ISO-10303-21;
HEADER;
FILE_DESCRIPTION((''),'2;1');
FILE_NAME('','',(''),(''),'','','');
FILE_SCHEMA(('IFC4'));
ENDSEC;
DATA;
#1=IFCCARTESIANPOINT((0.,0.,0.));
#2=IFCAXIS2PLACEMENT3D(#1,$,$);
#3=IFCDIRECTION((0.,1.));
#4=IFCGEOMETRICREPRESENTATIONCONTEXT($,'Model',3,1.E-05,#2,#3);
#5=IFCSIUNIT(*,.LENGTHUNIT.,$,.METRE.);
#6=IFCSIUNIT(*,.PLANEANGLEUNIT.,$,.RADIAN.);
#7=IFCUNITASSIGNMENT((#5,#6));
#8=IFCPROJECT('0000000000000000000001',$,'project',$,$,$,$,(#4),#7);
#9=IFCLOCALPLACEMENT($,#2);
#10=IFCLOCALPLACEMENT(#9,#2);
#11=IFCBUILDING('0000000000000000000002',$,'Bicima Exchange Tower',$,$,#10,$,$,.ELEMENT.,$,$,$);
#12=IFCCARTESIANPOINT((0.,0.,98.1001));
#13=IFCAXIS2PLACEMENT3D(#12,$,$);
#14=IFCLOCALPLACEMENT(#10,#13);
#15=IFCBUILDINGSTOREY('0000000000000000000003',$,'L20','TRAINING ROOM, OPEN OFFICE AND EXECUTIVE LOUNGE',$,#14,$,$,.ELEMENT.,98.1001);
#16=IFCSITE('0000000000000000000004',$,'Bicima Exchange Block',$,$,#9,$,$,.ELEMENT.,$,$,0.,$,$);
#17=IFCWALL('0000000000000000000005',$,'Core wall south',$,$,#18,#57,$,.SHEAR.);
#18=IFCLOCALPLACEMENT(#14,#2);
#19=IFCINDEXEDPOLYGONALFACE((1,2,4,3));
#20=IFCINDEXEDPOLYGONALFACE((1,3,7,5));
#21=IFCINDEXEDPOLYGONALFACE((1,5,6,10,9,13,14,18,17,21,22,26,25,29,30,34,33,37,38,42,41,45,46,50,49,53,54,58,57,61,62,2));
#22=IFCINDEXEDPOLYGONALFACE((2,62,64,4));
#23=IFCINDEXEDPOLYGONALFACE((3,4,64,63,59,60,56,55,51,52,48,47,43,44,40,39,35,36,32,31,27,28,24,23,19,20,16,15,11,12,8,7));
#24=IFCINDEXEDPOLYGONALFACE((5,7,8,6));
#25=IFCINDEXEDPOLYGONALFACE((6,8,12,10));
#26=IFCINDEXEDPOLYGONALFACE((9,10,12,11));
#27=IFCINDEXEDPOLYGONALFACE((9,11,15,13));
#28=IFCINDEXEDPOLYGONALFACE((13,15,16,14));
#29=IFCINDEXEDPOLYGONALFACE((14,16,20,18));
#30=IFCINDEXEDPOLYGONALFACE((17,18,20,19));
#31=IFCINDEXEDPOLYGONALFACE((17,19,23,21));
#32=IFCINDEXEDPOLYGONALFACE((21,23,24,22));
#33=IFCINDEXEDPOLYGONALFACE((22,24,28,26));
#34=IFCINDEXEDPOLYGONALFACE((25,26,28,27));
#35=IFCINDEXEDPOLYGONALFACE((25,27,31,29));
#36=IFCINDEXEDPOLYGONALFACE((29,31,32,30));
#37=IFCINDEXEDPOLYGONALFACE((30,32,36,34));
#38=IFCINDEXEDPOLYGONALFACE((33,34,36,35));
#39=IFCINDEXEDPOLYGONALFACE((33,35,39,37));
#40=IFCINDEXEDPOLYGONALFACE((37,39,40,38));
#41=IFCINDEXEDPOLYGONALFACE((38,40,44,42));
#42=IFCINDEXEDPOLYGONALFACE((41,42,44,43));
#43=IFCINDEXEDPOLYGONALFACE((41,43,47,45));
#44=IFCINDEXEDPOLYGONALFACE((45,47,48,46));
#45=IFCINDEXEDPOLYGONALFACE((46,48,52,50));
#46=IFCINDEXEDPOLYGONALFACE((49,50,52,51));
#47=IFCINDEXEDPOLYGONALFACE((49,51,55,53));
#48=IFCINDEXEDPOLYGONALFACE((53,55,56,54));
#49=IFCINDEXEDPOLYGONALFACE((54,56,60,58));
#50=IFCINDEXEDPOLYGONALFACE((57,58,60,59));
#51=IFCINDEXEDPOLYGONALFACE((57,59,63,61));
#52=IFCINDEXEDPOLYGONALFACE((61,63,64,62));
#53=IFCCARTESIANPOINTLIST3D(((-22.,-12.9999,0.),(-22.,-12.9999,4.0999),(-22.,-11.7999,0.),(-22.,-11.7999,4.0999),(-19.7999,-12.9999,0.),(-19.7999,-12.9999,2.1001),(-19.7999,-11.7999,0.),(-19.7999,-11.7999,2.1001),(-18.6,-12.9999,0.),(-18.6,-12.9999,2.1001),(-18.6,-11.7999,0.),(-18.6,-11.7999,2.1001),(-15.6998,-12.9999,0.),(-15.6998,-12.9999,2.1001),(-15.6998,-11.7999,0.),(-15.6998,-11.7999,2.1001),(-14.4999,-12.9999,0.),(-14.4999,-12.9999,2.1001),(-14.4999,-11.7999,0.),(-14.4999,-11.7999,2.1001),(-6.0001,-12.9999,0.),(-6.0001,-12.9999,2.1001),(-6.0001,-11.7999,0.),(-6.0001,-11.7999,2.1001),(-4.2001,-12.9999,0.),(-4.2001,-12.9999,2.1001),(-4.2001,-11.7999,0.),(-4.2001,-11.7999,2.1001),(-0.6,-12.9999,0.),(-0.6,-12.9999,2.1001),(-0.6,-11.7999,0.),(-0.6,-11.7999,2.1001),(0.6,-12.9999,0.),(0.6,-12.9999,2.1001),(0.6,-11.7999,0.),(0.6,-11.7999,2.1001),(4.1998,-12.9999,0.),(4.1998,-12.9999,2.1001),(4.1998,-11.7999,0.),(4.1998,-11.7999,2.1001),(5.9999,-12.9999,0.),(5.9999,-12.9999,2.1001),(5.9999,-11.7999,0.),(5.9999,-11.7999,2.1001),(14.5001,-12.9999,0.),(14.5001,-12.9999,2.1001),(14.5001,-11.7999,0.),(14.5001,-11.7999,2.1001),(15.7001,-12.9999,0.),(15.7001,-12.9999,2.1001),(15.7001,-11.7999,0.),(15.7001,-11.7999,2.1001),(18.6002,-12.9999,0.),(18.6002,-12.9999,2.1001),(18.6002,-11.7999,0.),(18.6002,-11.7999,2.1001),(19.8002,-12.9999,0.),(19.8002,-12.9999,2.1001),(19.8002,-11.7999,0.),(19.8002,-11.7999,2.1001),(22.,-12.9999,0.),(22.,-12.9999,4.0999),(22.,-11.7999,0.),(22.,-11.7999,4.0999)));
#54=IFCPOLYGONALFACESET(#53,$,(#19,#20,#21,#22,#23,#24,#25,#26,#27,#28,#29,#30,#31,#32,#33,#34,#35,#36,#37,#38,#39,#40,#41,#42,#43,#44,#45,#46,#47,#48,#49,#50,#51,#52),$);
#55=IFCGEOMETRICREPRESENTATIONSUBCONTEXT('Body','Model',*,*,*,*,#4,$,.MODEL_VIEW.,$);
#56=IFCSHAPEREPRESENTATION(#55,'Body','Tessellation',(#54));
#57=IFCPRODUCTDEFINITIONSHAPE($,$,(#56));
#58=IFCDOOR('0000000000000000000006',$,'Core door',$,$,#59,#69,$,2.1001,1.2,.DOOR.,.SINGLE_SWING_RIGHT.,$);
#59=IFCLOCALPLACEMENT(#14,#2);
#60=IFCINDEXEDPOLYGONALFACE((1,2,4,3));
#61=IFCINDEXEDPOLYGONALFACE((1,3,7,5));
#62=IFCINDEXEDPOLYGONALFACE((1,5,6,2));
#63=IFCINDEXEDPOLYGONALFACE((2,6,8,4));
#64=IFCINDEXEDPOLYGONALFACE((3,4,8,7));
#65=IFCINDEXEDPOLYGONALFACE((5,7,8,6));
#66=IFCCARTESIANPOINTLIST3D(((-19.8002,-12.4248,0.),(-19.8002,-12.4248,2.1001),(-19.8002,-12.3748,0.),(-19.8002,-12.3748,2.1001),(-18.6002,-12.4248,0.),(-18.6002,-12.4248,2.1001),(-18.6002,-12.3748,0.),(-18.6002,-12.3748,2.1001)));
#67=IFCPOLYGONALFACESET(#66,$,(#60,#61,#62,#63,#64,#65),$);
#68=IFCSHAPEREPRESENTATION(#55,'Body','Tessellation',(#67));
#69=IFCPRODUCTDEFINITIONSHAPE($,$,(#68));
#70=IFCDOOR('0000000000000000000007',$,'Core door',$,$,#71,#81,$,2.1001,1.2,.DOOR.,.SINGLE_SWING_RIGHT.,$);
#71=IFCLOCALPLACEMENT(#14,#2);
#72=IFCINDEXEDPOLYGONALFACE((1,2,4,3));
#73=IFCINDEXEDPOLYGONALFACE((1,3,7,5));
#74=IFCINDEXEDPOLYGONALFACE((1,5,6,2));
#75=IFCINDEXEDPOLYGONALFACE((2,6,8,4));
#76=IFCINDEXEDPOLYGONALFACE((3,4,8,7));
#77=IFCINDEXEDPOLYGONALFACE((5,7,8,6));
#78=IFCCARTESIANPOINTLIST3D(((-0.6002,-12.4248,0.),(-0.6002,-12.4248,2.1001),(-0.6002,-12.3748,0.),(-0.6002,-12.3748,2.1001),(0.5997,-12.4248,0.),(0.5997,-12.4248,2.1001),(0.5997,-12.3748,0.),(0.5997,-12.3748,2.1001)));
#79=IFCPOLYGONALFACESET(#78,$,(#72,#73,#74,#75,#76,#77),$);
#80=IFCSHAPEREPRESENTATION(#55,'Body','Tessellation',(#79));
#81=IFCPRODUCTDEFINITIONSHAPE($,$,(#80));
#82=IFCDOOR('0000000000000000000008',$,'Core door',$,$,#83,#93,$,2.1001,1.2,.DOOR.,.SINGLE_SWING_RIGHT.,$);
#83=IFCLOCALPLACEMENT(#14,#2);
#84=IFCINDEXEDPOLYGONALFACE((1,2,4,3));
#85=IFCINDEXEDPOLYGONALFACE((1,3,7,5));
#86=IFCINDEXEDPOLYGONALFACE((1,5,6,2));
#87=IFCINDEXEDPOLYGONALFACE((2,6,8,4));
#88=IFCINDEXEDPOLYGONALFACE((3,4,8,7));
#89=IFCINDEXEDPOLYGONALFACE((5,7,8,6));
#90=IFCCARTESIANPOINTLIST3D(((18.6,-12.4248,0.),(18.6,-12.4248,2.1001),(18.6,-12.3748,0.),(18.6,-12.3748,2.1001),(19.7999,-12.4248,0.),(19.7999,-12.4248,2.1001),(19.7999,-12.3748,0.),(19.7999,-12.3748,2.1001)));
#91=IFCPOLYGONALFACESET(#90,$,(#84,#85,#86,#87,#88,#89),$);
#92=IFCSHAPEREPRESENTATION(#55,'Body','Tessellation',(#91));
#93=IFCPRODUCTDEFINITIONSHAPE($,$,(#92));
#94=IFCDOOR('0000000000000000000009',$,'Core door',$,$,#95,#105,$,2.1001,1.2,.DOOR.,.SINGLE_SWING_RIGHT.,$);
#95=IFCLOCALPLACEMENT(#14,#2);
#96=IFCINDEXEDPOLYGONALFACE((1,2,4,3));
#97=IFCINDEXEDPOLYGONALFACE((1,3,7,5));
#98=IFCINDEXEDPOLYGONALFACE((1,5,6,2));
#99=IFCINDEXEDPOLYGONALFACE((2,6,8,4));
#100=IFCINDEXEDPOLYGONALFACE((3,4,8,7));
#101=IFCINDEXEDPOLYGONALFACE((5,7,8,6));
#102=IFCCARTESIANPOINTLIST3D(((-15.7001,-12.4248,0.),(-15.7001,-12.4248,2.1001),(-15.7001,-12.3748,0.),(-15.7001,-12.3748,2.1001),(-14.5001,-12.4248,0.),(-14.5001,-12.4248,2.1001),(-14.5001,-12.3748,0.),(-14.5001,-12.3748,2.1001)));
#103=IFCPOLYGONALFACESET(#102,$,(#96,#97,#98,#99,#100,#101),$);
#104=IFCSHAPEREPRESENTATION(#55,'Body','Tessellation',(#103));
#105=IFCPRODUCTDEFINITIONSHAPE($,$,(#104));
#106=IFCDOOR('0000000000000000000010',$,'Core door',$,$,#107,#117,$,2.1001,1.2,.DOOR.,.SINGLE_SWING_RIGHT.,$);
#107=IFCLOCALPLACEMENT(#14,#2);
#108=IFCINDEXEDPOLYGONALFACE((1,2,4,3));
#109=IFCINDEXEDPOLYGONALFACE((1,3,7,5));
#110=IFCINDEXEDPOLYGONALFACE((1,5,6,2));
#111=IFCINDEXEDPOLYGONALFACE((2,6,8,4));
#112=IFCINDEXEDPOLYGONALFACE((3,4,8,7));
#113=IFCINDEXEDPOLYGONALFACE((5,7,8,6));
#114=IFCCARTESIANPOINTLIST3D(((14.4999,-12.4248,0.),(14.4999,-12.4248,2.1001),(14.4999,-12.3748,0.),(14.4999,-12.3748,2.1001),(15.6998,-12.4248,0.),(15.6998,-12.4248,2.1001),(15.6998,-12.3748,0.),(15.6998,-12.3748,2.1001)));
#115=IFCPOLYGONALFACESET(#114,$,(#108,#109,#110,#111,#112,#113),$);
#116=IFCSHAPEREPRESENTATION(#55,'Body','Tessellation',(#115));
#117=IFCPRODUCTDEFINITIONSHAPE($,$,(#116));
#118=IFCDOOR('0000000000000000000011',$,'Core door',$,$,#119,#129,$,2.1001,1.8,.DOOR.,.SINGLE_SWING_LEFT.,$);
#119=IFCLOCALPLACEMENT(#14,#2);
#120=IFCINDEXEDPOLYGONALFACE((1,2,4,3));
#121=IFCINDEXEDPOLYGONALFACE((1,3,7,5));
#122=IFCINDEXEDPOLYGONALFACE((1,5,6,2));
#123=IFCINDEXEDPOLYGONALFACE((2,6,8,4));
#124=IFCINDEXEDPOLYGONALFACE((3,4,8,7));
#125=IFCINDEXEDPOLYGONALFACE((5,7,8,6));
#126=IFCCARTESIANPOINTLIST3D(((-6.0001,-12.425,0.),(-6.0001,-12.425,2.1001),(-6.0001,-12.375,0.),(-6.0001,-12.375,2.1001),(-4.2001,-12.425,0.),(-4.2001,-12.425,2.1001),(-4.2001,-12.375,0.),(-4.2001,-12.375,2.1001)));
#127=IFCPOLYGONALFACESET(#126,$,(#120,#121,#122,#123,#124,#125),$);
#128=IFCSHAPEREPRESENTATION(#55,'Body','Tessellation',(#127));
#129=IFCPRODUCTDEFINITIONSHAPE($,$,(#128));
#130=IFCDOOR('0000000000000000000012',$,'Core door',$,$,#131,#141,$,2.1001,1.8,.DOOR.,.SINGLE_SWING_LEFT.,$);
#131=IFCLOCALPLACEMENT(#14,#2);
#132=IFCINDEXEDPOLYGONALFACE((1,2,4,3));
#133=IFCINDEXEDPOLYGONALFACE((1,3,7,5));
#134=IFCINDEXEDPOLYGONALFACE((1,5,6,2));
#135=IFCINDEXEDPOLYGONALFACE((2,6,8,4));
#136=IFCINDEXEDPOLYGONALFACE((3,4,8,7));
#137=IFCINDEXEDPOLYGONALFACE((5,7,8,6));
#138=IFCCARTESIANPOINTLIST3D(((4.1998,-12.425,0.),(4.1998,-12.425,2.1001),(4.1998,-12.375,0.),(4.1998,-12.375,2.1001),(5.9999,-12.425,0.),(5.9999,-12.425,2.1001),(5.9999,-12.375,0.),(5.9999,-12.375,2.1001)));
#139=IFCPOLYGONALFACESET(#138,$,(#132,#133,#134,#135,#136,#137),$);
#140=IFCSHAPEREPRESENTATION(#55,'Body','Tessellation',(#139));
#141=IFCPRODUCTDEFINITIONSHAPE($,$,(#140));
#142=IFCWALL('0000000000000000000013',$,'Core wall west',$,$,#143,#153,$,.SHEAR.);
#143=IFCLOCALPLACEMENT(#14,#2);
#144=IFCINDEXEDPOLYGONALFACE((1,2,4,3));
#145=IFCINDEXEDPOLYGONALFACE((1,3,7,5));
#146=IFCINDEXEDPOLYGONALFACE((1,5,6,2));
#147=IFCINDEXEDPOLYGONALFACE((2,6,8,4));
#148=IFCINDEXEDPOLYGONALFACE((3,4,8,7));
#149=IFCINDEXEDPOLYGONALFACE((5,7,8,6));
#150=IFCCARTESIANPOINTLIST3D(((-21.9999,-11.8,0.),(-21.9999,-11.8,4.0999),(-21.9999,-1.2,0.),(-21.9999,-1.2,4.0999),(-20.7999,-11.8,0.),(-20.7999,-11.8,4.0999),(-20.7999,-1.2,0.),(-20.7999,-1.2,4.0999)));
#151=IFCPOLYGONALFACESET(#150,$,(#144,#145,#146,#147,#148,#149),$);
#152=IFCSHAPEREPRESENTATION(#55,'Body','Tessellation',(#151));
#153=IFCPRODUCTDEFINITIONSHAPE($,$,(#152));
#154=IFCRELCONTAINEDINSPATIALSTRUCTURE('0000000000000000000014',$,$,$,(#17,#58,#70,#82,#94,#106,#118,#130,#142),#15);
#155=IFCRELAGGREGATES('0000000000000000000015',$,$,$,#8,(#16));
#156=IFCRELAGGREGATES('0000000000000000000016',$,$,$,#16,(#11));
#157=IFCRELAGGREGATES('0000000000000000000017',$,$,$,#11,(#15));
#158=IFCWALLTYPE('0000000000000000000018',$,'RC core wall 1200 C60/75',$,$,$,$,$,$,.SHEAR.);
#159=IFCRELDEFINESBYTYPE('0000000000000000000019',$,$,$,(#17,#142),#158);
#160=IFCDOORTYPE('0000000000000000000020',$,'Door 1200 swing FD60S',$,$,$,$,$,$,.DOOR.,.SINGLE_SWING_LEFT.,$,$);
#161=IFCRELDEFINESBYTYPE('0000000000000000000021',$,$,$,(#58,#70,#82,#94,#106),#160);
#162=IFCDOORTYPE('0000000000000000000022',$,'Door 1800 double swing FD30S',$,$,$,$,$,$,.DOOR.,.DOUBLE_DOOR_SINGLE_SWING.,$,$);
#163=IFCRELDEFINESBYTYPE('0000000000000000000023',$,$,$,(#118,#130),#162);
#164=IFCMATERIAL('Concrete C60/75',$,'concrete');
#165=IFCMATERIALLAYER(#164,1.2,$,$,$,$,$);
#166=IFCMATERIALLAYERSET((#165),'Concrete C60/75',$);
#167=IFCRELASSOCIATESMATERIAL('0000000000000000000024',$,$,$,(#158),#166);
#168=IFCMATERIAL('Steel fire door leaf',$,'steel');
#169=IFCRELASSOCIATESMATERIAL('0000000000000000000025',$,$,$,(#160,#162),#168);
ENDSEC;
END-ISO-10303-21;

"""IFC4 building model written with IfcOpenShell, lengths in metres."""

from ifc_helpers import new_model, si_unit, direction, frame, frame_2d, origin, place, context, subcontext, project, spatial, rectangle, extrude, material, layer, layer_set, type_object, element, fill, save


model = new_model("IFC4")

# Units and contexts
model_context = context("Model", 3, precision=1e-05, world=origin(), true_north=direction((0.0, 1.0)))
body_context = subcontext(model_context, "Body", "Model", "MODEL_VIEW")
ifc_project = project(units=[si_unit("LENGTHUNIT", "METRE"), si_unit("PLANEANGLEUNIT", "RADIAN")], contexts=[model_context])

# Site, building, storey
site_placement = place(None, origin())
site = spatial("IfcSite", under=ifc_project, at=site_placement, Name="Bicima Exchange Block", CompositionType="ELEMENT", RefElevation=0.0)
building_placement = place(site_placement, origin())
building = spatial("IfcBuilding", under=site, at=building_placement, Name="Bicima Exchange Tower", CompositionType="ELEMENT")
storey_placement = place(building_placement, frame((0.0, 0.0, 98.1001)))
storey = spatial("IfcBuildingStorey", under=building, at=storey_placement, Name="L20", Description="TRAINING ROOM, OPEN OFFICE AND EXECUTIVE LOUNGE", CompositionType="ELEMENT", Elevation=98.1001)

# Wall, openings, doors
ifc_material_1 = material(Name="Concrete C60/75", Category="concrete")
ifc_layer_1 = layer(ifc_material_1, 1.2)
ifc_layer_set_1 = layer_set([ifc_layer_1], Name="Concrete C60/75")
wall_type_1 = type_object("IfcWallType", Name="RC core wall 1200 C60/75", PredefinedType="SHEAR", material=ifc_layer_set_1)
wall_1_placement = place(storey_placement, frame((-22.0, -12.3999, 0.0), z_axis=(0.0, 0.0, 1.0), x_axis=(1.0, 0.0, 0.0)))
wall_1 = element("IfcWall", 1, at=wall_1_placement, inside=storey, type_object=wall_type_1, Name="Core wall south", PredefinedType="SHEAR", context=body_context, shape_type="SweptSolid", body=[
    extrude(rectangle(XDim=44.0, YDim=1.2, at=frame_2d((22.0, 0.0))), origin(), (0.0, 0.0, 1.0), 4.0999),
])
opening_1_placement = place(wall_1_placement, frame((2.2, 0.0, 0.0)))
opening_1 = element("IfcOpeningElement", 2, at=opening_1_placement, cuts=wall_1, PredefinedType="OPENING", context=body_context, shape_type="SweptSolid", body=[
    extrude(rectangle(XDim=1.2, YDim=2.1001, at=frame_2d((0.6001, 1.05))), frame((0.0, 0.6118, 0.0), z_axis=(0.0, -1.0, 0.0), x_axis=(1.0, 0.0, 0.0)), (0.0, 0.0, 1.0), 1.2239),
])
opening_2_placement = place(wall_1_placement, frame((21.3999, 0.0, 0.0)))
opening_2 = element("IfcOpeningElement", 3, at=opening_2_placement, cuts=wall_1, PredefinedType="OPENING", context=body_context, shape_type="SweptSolid", body=[
    extrude(rectangle(XDim=1.2, YDim=2.1001, at=frame_2d((0.6001, 1.05))), frame((0.0, 0.6118, 0.0), z_axis=(0.0, -1.0, 0.0), x_axis=(1.0, 0.0, 0.0)), (0.0, 0.0, 1.0), 1.2239),
])
opening_3_placement = place(wall_1_placement, frame((40.6001, 0.0, 0.0)))
opening_3 = element("IfcOpeningElement", 4, at=opening_3_placement, cuts=wall_1, PredefinedType="OPENING", context=body_context, shape_type="SweptSolid", body=[
    extrude(rectangle(XDim=1.2, YDim=2.1001, at=frame_2d((0.6001, 1.05))), frame((0.0, 0.6118, 0.0), z_axis=(0.0, -1.0, 0.0), x_axis=(1.0, 0.0, 0.0)), (0.0, 0.0, 1.0), 1.2239),
])
opening_4_placement = place(wall_1_placement, frame((16.0, 0.0, 0.0)))
opening_4 = element("IfcOpeningElement", 5, at=opening_4_placement, cuts=wall_1, PredefinedType="OPENING", context=body_context, shape_type="SweptSolid", body=[
    extrude(rectangle(XDim=1.8, YDim=2.1001, at=frame_2d((0.8999, 1.05))), frame((0.0, 0.6118, 0.0), z_axis=(0.0, -1.0, 0.0), x_axis=(1.0, 0.0, 0.0)), (0.0, 0.0, 1.0), 1.2239),
])
opening_5_placement = place(wall_1_placement, frame((6.3, 0.0, 0.0)))
opening_5 = element("IfcOpeningElement", 6, at=opening_5_placement, cuts=wall_1, PredefinedType="OPENING", context=body_context, shape_type="SweptSolid", body=[
    extrude(rectangle(XDim=1.2, YDim=2.1001, at=frame_2d((0.6001, 1.05))), frame((0.0, 0.6118, 0.0), z_axis=(0.0, -1.0, 0.0), x_axis=(1.0, 0.0, 0.0)), (0.0, 0.0, 1.0), 1.2239),
])
opening_6_placement = place(wall_1_placement, frame((26.2, 0.0, 0.0)))
opening_6 = element("IfcOpeningElement", 7, at=opening_6_placement, cuts=wall_1, PredefinedType="OPENING", context=body_context, shape_type="SweptSolid", body=[
    extrude(rectangle(XDim=1.8, YDim=2.1001, at=frame_2d((0.8999, 1.05))), frame((0.0, 0.6118, 0.0), z_axis=(0.0, -1.0, 0.0), x_axis=(1.0, 0.0, 0.0)), (0.0, 0.0, 1.0), 1.2239),
])
opening_7_placement = place(wall_1_placement, frame((36.5, 0.0, 0.0)))
opening_7 = element("IfcOpeningElement", 8, at=opening_7_placement, cuts=wall_1, PredefinedType="OPENING", context=body_context, shape_type="SweptSolid", body=[
    extrude(rectangle(XDim=1.2, YDim=2.1001, at=frame_2d((0.6001, 1.05))), frame((0.0, 0.6118, 0.0), z_axis=(0.0, -1.0, 0.0), x_axis=(1.0, 0.0, 0.0)), (0.0, 0.0, 1.0), 1.2239),
])
ifc_material_2 = material(Name="Steel fire door leaf", Category="steel")
door_type_1 = type_object("IfcDoorType", Name="Door 1200 swing FD60S", OperationType="SINGLE_SWING_LEFT", PredefinedType="DOOR", material=ifc_material_2)
door_1_placement = place(opening_1_placement, frame((1.2, 0.0, 0.0), z_axis=(0.0, 0.0, 1.0), x_axis=(-1.0, 0.0, 0.0)))
door_1 = element("IfcDoor", 9, at=door_1_placement, inside=storey, type_object=door_type_1, Name="Core door", OperationType="SINGLE_SWING_RIGHT", OverallHeight=2.1001, OverallWidth=1.2, PredefinedType="DOOR", context=body_context, shape_type="SweptSolid", body=[
    extrude(rectangle(XDim=1.2, YDim=2.1001, at=frame_2d((0.6001, 1.05))), frame((0.0, 0.0249, 0.0), z_axis=(0.0, -1.0, 0.0), x_axis=(1.0, 0.0, 0.0)), (0.0, 0.0, 1.0), 0.05),
])
fill(opening_1, door_1)
door_2_placement = place(opening_2_placement, frame((1.2, 0.0, 0.0), z_axis=(0.0, 0.0, 1.0), x_axis=(-1.0, 0.0, 0.0)))
door_2 = element("IfcDoor", 10, at=door_2_placement, inside=storey, type_object=door_type_1, Name="Core door", OperationType="SINGLE_SWING_RIGHT", OverallHeight=2.1001, OverallWidth=1.2, PredefinedType="DOOR", context=body_context, shape_type="SweptSolid", body=[
    extrude(rectangle(XDim=1.2, YDim=2.1001, at=frame_2d((0.6001, 1.05))), frame((0.0, 0.0249, 0.0), z_axis=(0.0, -1.0, 0.0), x_axis=(1.0, 0.0, 0.0)), (0.0, 0.0, 1.0), 0.05),
])
fill(opening_2, door_2)
door_3_placement = place(opening_3_placement, frame((1.2, 0.0, 0.0), z_axis=(0.0, 0.0, 1.0), x_axis=(-1.0, 0.0, 0.0)))
door_3 = element("IfcDoor", 11, at=door_3_placement, inside=storey, type_object=door_type_1, Name="Core door", OperationType="SINGLE_SWING_RIGHT", OverallHeight=2.1001, OverallWidth=1.2, PredefinedType="DOOR", context=body_context, shape_type="SweptSolid", body=[
    extrude(rectangle(XDim=1.2, YDim=2.1001, at=frame_2d((0.6001, 1.05))), frame((0.0, 0.0249, 0.0), z_axis=(0.0, -1.0, 0.0), x_axis=(1.0, 0.0, 0.0)), (0.0, 0.0, 1.0), 0.05),
])
fill(opening_3, door_3)
door_4_placement = place(opening_5_placement, frame((1.2, 0.0, 0.0), z_axis=(0.0, 0.0, 1.0), x_axis=(-1.0, 0.0, 0.0)))
door_4 = element("IfcDoor", 12, at=door_4_placement, inside=storey, type_object=door_type_1, Name="Core door", OperationType="SINGLE_SWING_RIGHT", OverallHeight=2.1001, OverallWidth=1.2, PredefinedType="DOOR", context=body_context, shape_type="SweptSolid", body=[
    extrude(rectangle(XDim=1.2, YDim=2.1001, at=frame_2d((0.6001, 1.05))), frame((0.0, 0.0249, 0.0), z_axis=(0.0, -1.0, 0.0), x_axis=(1.0, 0.0, 0.0)), (0.0, 0.0, 1.0), 0.05),
])
fill(opening_5, door_4)
door_5_placement = place(opening_7_placement, frame((1.2, 0.0, 0.0), z_axis=(0.0, 0.0, 1.0), x_axis=(-1.0, 0.0, 0.0)))
door_5 = element("IfcDoor", 13, at=door_5_placement, inside=storey, type_object=door_type_1, Name="Core door", OperationType="SINGLE_SWING_RIGHT", OverallHeight=2.1001, OverallWidth=1.2, PredefinedType="DOOR", context=body_context, shape_type="SweptSolid", body=[
    extrude(rectangle(XDim=1.2, YDim=2.1001, at=frame_2d((0.6001, 1.05))), frame((0.0, 0.0249, 0.0), z_axis=(0.0, -1.0, 0.0), x_axis=(1.0, 0.0, 0.0)), (0.0, 0.0, 1.0), 0.05),
])
fill(opening_7, door_5)
door_type_2 = type_object("IfcDoorType", Name="Door 1800 double swing FD30S", OperationType="DOUBLE_DOOR_SINGLE_SWING", PredefinedType="DOOR", material=ifc_material_2)
door_6_placement = place(opening_4_placement, origin())
door_6 = element("IfcDoor", 14, at=door_6_placement, inside=storey, type_object=door_type_2, Name="Core door", OperationType="SINGLE_SWING_LEFT", OverallHeight=2.1001, OverallWidth=1.8, PredefinedType="DOOR", context=body_context, shape_type="SweptSolid", body=[
    extrude(rectangle(XDim=1.8, YDim=2.1001, at=frame_2d((0.8999, 1.05))), frame((0.0, 0.0249, 0.0), z_axis=(0.0, -1.0, 0.0), x_axis=(1.0, 0.0, 0.0)), (0.0, 0.0, 1.0), 0.05),
])
fill(opening_4, door_6)
door_7_placement = place(opening_6_placement, origin())
door_7 = element("IfcDoor", 15, at=door_7_placement, inside=storey, type_object=door_type_2, Name="Core door", OperationType="SINGLE_SWING_LEFT", OverallHeight=2.1001, OverallWidth=1.8, PredefinedType="DOOR", context=body_context, shape_type="SweptSolid", body=[
    extrude(rectangle(XDim=1.8, YDim=2.1001, at=frame_2d((0.8999, 1.05))), frame((0.0, 0.0249, 0.0), z_axis=(0.0, -1.0, 0.0), x_axis=(1.0, 0.0, 0.0)), (0.0, 0.0, 1.0), 0.05),
])
fill(opening_6, door_7)

# Wall
wall_2_placement = place(storey_placement, frame((-21.3999, -11.8, 0.0), z_axis=(0.0, 0.0, 1.0), x_axis=(0.0, 1.0, 0.0)))
element("IfcWall", 16, at=wall_2_placement, inside=storey, type_object=wall_type_1, Name="Core wall west", PredefinedType="SHEAR", context=body_context, shape_type="SweptSolid", body=[
    extrude(rectangle(XDim=10.6001, YDim=1.2, at=frame_2d((5.3, 0.0))), origin(), (0.0, 0.0, 1.0), 4.0999),
])

save(model, "model.ifc")
